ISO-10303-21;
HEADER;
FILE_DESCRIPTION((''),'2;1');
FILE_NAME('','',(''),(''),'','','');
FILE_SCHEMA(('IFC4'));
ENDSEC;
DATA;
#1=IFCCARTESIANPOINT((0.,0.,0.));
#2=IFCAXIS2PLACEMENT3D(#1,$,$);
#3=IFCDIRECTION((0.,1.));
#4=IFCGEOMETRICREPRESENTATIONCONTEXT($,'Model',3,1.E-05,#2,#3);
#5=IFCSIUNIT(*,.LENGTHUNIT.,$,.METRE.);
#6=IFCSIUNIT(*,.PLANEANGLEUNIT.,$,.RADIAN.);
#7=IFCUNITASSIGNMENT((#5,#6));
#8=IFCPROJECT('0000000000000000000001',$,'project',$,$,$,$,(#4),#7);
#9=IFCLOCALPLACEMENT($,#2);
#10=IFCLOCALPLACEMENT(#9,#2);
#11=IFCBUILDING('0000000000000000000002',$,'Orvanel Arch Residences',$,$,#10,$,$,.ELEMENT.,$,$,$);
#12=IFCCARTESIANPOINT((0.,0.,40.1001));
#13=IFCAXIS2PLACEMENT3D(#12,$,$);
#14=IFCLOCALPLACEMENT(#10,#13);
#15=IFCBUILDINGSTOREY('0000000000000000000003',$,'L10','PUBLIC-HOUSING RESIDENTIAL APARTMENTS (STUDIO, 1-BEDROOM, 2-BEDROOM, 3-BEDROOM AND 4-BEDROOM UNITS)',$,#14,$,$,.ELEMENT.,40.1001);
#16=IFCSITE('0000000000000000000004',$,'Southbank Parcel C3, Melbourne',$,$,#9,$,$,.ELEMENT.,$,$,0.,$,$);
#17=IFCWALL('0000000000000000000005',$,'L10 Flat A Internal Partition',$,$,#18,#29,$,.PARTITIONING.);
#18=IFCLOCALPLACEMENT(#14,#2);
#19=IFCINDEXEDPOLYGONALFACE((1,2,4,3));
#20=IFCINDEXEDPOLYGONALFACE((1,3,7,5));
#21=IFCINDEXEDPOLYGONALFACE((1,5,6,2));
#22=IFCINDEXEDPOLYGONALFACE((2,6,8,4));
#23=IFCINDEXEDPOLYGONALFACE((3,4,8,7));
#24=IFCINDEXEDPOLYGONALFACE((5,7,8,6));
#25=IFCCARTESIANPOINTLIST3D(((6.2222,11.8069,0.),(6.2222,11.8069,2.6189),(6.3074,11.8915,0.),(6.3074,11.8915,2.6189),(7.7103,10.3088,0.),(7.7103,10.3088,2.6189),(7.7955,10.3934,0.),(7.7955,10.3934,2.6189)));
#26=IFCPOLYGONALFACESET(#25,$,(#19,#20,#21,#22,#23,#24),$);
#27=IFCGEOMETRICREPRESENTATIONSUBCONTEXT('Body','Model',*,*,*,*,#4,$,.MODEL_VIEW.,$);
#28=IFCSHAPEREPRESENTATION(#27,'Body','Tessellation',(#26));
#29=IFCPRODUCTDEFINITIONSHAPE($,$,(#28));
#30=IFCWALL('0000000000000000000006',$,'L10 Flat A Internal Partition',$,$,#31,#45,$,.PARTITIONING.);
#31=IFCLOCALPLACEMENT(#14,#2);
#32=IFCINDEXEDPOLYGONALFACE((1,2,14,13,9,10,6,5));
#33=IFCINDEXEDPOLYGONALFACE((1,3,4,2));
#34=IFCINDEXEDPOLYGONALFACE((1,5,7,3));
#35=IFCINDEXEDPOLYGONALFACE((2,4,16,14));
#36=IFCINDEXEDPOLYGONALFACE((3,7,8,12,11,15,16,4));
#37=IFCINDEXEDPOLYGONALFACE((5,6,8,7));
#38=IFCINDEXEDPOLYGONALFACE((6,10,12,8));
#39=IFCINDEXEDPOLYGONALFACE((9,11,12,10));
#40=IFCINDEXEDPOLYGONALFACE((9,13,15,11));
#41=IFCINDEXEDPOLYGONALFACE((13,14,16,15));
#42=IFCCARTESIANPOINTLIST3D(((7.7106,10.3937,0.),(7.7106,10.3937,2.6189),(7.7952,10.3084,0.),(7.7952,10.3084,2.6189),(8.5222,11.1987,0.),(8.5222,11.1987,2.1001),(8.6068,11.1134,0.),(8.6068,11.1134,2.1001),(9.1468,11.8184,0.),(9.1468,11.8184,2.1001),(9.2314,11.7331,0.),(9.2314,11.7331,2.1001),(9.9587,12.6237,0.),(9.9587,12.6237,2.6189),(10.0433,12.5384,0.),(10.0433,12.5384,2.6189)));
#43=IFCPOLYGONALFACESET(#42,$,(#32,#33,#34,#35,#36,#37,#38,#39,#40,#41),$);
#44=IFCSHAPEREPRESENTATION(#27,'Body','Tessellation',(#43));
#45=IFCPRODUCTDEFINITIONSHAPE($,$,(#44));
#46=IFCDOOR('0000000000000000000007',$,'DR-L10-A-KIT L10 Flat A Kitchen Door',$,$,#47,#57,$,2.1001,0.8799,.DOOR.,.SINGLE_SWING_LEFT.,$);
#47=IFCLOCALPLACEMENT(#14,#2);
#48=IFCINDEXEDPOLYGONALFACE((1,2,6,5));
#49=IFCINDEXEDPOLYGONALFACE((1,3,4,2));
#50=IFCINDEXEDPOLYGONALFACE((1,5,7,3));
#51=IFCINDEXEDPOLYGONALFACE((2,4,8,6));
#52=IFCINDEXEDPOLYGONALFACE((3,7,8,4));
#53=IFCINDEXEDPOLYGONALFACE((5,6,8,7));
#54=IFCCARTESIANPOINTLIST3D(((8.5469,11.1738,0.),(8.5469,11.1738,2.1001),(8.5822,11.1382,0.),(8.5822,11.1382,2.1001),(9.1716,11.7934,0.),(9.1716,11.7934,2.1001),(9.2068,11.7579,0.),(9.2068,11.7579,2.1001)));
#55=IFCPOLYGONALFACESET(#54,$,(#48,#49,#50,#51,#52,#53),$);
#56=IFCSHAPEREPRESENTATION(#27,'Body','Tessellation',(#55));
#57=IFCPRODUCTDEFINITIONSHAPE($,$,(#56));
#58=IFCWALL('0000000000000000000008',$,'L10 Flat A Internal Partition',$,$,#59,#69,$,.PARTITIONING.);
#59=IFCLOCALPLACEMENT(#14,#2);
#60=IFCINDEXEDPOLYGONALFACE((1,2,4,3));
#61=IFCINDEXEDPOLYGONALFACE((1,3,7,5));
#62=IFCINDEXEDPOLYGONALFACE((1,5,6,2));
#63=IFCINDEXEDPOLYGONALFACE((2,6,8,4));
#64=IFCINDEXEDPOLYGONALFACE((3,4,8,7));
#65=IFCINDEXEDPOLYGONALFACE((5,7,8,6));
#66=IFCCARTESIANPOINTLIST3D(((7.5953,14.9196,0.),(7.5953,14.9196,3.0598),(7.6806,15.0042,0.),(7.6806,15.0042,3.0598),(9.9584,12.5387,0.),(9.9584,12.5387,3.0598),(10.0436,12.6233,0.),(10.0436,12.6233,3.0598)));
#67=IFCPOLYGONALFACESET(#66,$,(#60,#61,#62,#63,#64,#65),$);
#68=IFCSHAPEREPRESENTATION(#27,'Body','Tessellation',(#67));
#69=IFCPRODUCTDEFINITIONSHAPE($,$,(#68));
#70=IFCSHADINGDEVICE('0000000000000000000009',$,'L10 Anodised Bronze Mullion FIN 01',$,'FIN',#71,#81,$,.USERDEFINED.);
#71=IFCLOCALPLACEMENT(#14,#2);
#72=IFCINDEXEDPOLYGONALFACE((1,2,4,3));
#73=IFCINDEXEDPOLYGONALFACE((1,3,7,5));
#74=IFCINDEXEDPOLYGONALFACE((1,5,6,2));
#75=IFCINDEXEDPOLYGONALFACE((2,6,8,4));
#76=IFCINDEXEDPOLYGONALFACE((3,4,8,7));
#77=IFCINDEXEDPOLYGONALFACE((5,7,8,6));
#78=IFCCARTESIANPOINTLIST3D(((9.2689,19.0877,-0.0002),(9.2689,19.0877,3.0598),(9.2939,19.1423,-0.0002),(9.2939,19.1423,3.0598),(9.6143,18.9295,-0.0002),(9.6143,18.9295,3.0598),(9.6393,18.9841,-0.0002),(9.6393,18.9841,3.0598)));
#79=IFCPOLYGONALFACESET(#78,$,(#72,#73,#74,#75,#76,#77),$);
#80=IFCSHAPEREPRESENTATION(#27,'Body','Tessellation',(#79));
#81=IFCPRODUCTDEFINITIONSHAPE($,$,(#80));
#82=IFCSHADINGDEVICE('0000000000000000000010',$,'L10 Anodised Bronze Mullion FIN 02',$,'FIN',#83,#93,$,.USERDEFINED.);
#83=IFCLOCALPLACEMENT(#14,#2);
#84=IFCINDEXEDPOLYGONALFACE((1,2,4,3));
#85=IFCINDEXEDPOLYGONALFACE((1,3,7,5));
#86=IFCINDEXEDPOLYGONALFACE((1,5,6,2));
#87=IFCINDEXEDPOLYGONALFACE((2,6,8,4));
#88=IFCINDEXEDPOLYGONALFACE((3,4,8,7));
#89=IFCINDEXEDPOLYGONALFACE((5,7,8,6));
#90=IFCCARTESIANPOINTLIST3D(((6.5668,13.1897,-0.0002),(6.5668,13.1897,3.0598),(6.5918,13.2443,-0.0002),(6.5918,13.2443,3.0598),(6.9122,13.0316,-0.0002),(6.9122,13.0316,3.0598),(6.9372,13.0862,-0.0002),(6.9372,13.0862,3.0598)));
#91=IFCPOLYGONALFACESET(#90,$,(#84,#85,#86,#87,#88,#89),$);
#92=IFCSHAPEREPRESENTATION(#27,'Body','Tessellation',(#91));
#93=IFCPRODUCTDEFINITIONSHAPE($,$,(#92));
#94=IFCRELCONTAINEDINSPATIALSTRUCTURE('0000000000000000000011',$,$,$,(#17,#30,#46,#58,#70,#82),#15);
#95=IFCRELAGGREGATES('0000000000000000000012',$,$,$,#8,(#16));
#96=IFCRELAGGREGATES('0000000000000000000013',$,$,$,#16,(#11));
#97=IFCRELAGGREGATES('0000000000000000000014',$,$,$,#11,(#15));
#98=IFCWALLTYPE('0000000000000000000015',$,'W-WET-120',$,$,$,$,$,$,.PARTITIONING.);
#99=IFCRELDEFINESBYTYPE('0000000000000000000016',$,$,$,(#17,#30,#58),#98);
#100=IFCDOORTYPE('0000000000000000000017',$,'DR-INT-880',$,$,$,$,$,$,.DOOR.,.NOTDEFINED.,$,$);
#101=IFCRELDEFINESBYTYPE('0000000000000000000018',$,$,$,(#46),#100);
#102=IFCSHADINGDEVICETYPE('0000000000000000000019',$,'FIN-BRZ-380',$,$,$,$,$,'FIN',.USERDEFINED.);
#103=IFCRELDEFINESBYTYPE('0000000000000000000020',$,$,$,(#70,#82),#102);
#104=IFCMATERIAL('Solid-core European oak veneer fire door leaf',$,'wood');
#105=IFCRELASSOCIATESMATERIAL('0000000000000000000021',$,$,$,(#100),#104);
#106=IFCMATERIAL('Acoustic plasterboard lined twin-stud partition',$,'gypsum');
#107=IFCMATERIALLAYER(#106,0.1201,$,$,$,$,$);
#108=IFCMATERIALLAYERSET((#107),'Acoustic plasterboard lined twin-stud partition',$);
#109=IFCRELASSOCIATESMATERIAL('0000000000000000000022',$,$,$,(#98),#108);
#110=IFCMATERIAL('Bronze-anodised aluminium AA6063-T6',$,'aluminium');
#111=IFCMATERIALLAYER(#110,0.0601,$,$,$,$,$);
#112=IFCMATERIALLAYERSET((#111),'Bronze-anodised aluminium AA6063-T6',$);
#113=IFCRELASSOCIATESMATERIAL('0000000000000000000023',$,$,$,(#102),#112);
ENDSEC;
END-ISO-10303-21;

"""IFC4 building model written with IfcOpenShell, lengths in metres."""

from ifc_helpers import new_model, si_unit, direction, frame, frame_2d, origin, origin_2d, place, context, subcontext, project, spatial, rectangle, extrude, material, layer, layer_set, type_object, element, fill, save


model = new_model("IFC4")

# Units and contexts
model_context = context("Model", 3, precision=1e-05, world=origin(), true_north=direction((0.0, 1.0)))
body_context = subcontext(model_context, "Body", "Model", "MODEL_VIEW")
ifc_project = project(units=[si_unit("LENGTHUNIT", "METRE"), si_unit("PLANEANGLEUNIT", "RADIAN")], contexts=[model_context])

# Site, building, storey
site_placement = place(None, origin())
site = spatial("IfcSite", under=ifc_project, at=site_placement, Name="Southbank Parcel C3, Melbourne", CompositionType="ELEMENT", RefElevation=0.0)
building_placement = place(site_placement, origin())
building = spatial("IfcBuilding", under=site, at=building_placement, Name="Orvanel Arch Residences", CompositionType="ELEMENT")
storey_placement = place(building_placement, frame((0.0, 0.0, 40.1001)))
storey = spatial("IfcBuildingStorey", under=building, at=storey_placement, Name="L10", Description="PUBLIC-HOUSING RESIDENTIAL APARTMENTS (STUDIO, 1-BEDROOM, 2-BEDROOM, 3-BEDROOM AND 4-BEDROOM UNITS)", CompositionType="ELEMENT", Elevation=40.1001)

# Shared definitions
ifc_material_1 = material(Name="Bronze-anodised aluminium AA6063-T6", Category="aluminium")

# Shared definitions
ifc_material_2 = material(Name="Acoustic plasterboard lined twin-stud partition", Category="gypsum")
ifc_material_3 = material(Name="Solid-core European oak veneer fire door leaf", Category="wood")
door_type = type_object("IfcDoorType", Name="DR-INT-880", OperationType="NOTDEFINED", PredefinedType="DOOR", material=ifc_material_3)

# Wall
ifc_layer_1 = layer(ifc_material_2, 0.1201)
ifc_layer_set_1 = layer_set([ifc_layer_1], Name="Acoustic plasterboard lined twin-stud partition")
wall_type_1 = type_object("IfcWallType", Name="W-WET-120", PredefinedType="PARTITIONING", material=ifc_layer_set_1)
wall_1_placement = place(storey_placement, frame((6.2649, 11.8491, 0.0), z_axis=(0.0, 0.0, 1.0), x_axis=(0.704733, -0.709473, 0.0)))
element("IfcWall", 1, at=wall_1_placement, inside=storey, type_object=wall_type_1, Name="L10 Flat A Internal Partition", PredefinedType="PARTITIONING", context=body_context, shape_type="SweptSolid", body=[
    extrude(rectangle(XDim=2.1116, YDim=0.1201, at=frame_2d((1.0557, 0.0))), origin(), (0.0, 0.0, 1.0), 2.6189),
])

# Wall, opening, door
wall_2_placement = place(storey_placement, frame((7.7529, 10.3511, 0.0), z_axis=(0.0, 0.0, 1.0), x_axis=(0.709954, 0.704248, 0.0)))
wall_2 = element("IfcWall", 2, at=wall_2_placement, inside=storey, type_object=wall_type_1, Name="L10 Flat A Internal Partition", PredefinedType="PARTITIONING", context=body_context, shape_type="SweptSolid", body=[
    extrude(rectangle(XDim=3.1665, YDim=0.1201, at=frame_2d((1.5833, 0.0))), origin(), (0.0, 0.0, 1.0), 2.6189),
])
opening_1_placement = place(wall_2_placement, frame((1.1431, 0.0, 0.0)))
opening_1 = element("IfcOpeningElement", 3, at=opening_1_placement, cuts=wall_2, PredefinedType="OPENING", context=body_context, shape_type="SweptSolid", body=[
    extrude(rectangle(XDim=0.8799, YDim=2.1001, at=frame_2d((0.4399, 1.05))), frame((0.0, 0.0701, 0.0), z_axis=(0.0, -1.0, 0.0), x_axis=(1.0, 0.0, 0.0)), (0.0, 0.0, 1.0), 0.1401),
])
door_1_placement = place(opening_1_placement, origin())
door_1 = element("IfcDoor", 4, at=door_1_placement, inside=storey, type_object=door_type, Name="DR-L10-A-KIT L10 Flat A Kitchen Door", OperationType="SINGLE_SWING_LEFT", OverallHeight=2.1001, OverallWidth=0.8799, PredefinedType="DOOR", context=body_context, shape_type="SweptSolid", body=[
    extrude(rectangle(XDim=0.8799, YDim=2.1001, at=frame_2d((0.4399, 1.05))), frame((0.0, 0.0249, 0.0), z_axis=(0.0, -1.0, 0.0), x_axis=(1.0, 0.0, 0.0)), (0.0, 0.0, 1.0), 0.05),
])
fill(opening_1, door_1)

# Wall
wall_3_placement = place(storey_placement, frame((7.6379, 14.9619, 0.0), z_axis=(0.0, 0.0, 1.0), x_axis=(0.704445, -0.709758, 0.0)))
element("IfcWall", 5, at=wall_3_placement, inside=storey, type_object=wall_type_1, Name="L10 Flat A Internal Partition", PredefinedType="PARTITIONING", context=body_context, shape_type="SweptSolid", body=[
    extrude(rectangle(XDim=3.3545, YDim=0.1201, at=frame_2d((1.6772, 0.0))), origin(), (0.0, 0.0, 1.0), 3.0598),
])

# Shading devices
ifc_layer_2 = layer(ifc_material_1, 0.0601)
ifc_layer_set_2 = layer_set([ifc_layer_2], Name="Bronze-anodised aluminium AA6063-T6")
shading_device_type = type_object("IfcShadingDeviceType", Name="FIN-BRZ-380", ElementType="FIN", PredefinedType="USERDEFINED", material=ifc_layer_set_2)
for number, where, z_axis, x_axis, name in (
    (6, (9.4541, 19.0359, -0.0002), (0.0, 0.0, 1.0), (-0.909236, 0.416281, 0.0), "L10 Anodised Bronze Mullion FIN 01"),
    (7, (6.752, 13.1379, -0.0002), (0.0, 0.0, 1.0), (-0.909236, 0.416281, 0.0), "L10 Anodised Bronze Mullion FIN 02"),
):
    element("IfcShadingDevice", number, at=place(storey_placement, frame(where, z_axis=z_axis, x_axis=x_axis)), inside=storey, type_object=shading_device_type, Name=name, ObjectType="FIN", PredefinedType="USERDEFINED", context=body_context, shape_type="SweptSolid", body=[
        extrude(rectangle(XDim=0.3799, YDim=0.0601, at=origin_2d()), origin(), (0.0, 0.0, 1.0), 3.0601),
    ])

save(model, "model.ifc")
